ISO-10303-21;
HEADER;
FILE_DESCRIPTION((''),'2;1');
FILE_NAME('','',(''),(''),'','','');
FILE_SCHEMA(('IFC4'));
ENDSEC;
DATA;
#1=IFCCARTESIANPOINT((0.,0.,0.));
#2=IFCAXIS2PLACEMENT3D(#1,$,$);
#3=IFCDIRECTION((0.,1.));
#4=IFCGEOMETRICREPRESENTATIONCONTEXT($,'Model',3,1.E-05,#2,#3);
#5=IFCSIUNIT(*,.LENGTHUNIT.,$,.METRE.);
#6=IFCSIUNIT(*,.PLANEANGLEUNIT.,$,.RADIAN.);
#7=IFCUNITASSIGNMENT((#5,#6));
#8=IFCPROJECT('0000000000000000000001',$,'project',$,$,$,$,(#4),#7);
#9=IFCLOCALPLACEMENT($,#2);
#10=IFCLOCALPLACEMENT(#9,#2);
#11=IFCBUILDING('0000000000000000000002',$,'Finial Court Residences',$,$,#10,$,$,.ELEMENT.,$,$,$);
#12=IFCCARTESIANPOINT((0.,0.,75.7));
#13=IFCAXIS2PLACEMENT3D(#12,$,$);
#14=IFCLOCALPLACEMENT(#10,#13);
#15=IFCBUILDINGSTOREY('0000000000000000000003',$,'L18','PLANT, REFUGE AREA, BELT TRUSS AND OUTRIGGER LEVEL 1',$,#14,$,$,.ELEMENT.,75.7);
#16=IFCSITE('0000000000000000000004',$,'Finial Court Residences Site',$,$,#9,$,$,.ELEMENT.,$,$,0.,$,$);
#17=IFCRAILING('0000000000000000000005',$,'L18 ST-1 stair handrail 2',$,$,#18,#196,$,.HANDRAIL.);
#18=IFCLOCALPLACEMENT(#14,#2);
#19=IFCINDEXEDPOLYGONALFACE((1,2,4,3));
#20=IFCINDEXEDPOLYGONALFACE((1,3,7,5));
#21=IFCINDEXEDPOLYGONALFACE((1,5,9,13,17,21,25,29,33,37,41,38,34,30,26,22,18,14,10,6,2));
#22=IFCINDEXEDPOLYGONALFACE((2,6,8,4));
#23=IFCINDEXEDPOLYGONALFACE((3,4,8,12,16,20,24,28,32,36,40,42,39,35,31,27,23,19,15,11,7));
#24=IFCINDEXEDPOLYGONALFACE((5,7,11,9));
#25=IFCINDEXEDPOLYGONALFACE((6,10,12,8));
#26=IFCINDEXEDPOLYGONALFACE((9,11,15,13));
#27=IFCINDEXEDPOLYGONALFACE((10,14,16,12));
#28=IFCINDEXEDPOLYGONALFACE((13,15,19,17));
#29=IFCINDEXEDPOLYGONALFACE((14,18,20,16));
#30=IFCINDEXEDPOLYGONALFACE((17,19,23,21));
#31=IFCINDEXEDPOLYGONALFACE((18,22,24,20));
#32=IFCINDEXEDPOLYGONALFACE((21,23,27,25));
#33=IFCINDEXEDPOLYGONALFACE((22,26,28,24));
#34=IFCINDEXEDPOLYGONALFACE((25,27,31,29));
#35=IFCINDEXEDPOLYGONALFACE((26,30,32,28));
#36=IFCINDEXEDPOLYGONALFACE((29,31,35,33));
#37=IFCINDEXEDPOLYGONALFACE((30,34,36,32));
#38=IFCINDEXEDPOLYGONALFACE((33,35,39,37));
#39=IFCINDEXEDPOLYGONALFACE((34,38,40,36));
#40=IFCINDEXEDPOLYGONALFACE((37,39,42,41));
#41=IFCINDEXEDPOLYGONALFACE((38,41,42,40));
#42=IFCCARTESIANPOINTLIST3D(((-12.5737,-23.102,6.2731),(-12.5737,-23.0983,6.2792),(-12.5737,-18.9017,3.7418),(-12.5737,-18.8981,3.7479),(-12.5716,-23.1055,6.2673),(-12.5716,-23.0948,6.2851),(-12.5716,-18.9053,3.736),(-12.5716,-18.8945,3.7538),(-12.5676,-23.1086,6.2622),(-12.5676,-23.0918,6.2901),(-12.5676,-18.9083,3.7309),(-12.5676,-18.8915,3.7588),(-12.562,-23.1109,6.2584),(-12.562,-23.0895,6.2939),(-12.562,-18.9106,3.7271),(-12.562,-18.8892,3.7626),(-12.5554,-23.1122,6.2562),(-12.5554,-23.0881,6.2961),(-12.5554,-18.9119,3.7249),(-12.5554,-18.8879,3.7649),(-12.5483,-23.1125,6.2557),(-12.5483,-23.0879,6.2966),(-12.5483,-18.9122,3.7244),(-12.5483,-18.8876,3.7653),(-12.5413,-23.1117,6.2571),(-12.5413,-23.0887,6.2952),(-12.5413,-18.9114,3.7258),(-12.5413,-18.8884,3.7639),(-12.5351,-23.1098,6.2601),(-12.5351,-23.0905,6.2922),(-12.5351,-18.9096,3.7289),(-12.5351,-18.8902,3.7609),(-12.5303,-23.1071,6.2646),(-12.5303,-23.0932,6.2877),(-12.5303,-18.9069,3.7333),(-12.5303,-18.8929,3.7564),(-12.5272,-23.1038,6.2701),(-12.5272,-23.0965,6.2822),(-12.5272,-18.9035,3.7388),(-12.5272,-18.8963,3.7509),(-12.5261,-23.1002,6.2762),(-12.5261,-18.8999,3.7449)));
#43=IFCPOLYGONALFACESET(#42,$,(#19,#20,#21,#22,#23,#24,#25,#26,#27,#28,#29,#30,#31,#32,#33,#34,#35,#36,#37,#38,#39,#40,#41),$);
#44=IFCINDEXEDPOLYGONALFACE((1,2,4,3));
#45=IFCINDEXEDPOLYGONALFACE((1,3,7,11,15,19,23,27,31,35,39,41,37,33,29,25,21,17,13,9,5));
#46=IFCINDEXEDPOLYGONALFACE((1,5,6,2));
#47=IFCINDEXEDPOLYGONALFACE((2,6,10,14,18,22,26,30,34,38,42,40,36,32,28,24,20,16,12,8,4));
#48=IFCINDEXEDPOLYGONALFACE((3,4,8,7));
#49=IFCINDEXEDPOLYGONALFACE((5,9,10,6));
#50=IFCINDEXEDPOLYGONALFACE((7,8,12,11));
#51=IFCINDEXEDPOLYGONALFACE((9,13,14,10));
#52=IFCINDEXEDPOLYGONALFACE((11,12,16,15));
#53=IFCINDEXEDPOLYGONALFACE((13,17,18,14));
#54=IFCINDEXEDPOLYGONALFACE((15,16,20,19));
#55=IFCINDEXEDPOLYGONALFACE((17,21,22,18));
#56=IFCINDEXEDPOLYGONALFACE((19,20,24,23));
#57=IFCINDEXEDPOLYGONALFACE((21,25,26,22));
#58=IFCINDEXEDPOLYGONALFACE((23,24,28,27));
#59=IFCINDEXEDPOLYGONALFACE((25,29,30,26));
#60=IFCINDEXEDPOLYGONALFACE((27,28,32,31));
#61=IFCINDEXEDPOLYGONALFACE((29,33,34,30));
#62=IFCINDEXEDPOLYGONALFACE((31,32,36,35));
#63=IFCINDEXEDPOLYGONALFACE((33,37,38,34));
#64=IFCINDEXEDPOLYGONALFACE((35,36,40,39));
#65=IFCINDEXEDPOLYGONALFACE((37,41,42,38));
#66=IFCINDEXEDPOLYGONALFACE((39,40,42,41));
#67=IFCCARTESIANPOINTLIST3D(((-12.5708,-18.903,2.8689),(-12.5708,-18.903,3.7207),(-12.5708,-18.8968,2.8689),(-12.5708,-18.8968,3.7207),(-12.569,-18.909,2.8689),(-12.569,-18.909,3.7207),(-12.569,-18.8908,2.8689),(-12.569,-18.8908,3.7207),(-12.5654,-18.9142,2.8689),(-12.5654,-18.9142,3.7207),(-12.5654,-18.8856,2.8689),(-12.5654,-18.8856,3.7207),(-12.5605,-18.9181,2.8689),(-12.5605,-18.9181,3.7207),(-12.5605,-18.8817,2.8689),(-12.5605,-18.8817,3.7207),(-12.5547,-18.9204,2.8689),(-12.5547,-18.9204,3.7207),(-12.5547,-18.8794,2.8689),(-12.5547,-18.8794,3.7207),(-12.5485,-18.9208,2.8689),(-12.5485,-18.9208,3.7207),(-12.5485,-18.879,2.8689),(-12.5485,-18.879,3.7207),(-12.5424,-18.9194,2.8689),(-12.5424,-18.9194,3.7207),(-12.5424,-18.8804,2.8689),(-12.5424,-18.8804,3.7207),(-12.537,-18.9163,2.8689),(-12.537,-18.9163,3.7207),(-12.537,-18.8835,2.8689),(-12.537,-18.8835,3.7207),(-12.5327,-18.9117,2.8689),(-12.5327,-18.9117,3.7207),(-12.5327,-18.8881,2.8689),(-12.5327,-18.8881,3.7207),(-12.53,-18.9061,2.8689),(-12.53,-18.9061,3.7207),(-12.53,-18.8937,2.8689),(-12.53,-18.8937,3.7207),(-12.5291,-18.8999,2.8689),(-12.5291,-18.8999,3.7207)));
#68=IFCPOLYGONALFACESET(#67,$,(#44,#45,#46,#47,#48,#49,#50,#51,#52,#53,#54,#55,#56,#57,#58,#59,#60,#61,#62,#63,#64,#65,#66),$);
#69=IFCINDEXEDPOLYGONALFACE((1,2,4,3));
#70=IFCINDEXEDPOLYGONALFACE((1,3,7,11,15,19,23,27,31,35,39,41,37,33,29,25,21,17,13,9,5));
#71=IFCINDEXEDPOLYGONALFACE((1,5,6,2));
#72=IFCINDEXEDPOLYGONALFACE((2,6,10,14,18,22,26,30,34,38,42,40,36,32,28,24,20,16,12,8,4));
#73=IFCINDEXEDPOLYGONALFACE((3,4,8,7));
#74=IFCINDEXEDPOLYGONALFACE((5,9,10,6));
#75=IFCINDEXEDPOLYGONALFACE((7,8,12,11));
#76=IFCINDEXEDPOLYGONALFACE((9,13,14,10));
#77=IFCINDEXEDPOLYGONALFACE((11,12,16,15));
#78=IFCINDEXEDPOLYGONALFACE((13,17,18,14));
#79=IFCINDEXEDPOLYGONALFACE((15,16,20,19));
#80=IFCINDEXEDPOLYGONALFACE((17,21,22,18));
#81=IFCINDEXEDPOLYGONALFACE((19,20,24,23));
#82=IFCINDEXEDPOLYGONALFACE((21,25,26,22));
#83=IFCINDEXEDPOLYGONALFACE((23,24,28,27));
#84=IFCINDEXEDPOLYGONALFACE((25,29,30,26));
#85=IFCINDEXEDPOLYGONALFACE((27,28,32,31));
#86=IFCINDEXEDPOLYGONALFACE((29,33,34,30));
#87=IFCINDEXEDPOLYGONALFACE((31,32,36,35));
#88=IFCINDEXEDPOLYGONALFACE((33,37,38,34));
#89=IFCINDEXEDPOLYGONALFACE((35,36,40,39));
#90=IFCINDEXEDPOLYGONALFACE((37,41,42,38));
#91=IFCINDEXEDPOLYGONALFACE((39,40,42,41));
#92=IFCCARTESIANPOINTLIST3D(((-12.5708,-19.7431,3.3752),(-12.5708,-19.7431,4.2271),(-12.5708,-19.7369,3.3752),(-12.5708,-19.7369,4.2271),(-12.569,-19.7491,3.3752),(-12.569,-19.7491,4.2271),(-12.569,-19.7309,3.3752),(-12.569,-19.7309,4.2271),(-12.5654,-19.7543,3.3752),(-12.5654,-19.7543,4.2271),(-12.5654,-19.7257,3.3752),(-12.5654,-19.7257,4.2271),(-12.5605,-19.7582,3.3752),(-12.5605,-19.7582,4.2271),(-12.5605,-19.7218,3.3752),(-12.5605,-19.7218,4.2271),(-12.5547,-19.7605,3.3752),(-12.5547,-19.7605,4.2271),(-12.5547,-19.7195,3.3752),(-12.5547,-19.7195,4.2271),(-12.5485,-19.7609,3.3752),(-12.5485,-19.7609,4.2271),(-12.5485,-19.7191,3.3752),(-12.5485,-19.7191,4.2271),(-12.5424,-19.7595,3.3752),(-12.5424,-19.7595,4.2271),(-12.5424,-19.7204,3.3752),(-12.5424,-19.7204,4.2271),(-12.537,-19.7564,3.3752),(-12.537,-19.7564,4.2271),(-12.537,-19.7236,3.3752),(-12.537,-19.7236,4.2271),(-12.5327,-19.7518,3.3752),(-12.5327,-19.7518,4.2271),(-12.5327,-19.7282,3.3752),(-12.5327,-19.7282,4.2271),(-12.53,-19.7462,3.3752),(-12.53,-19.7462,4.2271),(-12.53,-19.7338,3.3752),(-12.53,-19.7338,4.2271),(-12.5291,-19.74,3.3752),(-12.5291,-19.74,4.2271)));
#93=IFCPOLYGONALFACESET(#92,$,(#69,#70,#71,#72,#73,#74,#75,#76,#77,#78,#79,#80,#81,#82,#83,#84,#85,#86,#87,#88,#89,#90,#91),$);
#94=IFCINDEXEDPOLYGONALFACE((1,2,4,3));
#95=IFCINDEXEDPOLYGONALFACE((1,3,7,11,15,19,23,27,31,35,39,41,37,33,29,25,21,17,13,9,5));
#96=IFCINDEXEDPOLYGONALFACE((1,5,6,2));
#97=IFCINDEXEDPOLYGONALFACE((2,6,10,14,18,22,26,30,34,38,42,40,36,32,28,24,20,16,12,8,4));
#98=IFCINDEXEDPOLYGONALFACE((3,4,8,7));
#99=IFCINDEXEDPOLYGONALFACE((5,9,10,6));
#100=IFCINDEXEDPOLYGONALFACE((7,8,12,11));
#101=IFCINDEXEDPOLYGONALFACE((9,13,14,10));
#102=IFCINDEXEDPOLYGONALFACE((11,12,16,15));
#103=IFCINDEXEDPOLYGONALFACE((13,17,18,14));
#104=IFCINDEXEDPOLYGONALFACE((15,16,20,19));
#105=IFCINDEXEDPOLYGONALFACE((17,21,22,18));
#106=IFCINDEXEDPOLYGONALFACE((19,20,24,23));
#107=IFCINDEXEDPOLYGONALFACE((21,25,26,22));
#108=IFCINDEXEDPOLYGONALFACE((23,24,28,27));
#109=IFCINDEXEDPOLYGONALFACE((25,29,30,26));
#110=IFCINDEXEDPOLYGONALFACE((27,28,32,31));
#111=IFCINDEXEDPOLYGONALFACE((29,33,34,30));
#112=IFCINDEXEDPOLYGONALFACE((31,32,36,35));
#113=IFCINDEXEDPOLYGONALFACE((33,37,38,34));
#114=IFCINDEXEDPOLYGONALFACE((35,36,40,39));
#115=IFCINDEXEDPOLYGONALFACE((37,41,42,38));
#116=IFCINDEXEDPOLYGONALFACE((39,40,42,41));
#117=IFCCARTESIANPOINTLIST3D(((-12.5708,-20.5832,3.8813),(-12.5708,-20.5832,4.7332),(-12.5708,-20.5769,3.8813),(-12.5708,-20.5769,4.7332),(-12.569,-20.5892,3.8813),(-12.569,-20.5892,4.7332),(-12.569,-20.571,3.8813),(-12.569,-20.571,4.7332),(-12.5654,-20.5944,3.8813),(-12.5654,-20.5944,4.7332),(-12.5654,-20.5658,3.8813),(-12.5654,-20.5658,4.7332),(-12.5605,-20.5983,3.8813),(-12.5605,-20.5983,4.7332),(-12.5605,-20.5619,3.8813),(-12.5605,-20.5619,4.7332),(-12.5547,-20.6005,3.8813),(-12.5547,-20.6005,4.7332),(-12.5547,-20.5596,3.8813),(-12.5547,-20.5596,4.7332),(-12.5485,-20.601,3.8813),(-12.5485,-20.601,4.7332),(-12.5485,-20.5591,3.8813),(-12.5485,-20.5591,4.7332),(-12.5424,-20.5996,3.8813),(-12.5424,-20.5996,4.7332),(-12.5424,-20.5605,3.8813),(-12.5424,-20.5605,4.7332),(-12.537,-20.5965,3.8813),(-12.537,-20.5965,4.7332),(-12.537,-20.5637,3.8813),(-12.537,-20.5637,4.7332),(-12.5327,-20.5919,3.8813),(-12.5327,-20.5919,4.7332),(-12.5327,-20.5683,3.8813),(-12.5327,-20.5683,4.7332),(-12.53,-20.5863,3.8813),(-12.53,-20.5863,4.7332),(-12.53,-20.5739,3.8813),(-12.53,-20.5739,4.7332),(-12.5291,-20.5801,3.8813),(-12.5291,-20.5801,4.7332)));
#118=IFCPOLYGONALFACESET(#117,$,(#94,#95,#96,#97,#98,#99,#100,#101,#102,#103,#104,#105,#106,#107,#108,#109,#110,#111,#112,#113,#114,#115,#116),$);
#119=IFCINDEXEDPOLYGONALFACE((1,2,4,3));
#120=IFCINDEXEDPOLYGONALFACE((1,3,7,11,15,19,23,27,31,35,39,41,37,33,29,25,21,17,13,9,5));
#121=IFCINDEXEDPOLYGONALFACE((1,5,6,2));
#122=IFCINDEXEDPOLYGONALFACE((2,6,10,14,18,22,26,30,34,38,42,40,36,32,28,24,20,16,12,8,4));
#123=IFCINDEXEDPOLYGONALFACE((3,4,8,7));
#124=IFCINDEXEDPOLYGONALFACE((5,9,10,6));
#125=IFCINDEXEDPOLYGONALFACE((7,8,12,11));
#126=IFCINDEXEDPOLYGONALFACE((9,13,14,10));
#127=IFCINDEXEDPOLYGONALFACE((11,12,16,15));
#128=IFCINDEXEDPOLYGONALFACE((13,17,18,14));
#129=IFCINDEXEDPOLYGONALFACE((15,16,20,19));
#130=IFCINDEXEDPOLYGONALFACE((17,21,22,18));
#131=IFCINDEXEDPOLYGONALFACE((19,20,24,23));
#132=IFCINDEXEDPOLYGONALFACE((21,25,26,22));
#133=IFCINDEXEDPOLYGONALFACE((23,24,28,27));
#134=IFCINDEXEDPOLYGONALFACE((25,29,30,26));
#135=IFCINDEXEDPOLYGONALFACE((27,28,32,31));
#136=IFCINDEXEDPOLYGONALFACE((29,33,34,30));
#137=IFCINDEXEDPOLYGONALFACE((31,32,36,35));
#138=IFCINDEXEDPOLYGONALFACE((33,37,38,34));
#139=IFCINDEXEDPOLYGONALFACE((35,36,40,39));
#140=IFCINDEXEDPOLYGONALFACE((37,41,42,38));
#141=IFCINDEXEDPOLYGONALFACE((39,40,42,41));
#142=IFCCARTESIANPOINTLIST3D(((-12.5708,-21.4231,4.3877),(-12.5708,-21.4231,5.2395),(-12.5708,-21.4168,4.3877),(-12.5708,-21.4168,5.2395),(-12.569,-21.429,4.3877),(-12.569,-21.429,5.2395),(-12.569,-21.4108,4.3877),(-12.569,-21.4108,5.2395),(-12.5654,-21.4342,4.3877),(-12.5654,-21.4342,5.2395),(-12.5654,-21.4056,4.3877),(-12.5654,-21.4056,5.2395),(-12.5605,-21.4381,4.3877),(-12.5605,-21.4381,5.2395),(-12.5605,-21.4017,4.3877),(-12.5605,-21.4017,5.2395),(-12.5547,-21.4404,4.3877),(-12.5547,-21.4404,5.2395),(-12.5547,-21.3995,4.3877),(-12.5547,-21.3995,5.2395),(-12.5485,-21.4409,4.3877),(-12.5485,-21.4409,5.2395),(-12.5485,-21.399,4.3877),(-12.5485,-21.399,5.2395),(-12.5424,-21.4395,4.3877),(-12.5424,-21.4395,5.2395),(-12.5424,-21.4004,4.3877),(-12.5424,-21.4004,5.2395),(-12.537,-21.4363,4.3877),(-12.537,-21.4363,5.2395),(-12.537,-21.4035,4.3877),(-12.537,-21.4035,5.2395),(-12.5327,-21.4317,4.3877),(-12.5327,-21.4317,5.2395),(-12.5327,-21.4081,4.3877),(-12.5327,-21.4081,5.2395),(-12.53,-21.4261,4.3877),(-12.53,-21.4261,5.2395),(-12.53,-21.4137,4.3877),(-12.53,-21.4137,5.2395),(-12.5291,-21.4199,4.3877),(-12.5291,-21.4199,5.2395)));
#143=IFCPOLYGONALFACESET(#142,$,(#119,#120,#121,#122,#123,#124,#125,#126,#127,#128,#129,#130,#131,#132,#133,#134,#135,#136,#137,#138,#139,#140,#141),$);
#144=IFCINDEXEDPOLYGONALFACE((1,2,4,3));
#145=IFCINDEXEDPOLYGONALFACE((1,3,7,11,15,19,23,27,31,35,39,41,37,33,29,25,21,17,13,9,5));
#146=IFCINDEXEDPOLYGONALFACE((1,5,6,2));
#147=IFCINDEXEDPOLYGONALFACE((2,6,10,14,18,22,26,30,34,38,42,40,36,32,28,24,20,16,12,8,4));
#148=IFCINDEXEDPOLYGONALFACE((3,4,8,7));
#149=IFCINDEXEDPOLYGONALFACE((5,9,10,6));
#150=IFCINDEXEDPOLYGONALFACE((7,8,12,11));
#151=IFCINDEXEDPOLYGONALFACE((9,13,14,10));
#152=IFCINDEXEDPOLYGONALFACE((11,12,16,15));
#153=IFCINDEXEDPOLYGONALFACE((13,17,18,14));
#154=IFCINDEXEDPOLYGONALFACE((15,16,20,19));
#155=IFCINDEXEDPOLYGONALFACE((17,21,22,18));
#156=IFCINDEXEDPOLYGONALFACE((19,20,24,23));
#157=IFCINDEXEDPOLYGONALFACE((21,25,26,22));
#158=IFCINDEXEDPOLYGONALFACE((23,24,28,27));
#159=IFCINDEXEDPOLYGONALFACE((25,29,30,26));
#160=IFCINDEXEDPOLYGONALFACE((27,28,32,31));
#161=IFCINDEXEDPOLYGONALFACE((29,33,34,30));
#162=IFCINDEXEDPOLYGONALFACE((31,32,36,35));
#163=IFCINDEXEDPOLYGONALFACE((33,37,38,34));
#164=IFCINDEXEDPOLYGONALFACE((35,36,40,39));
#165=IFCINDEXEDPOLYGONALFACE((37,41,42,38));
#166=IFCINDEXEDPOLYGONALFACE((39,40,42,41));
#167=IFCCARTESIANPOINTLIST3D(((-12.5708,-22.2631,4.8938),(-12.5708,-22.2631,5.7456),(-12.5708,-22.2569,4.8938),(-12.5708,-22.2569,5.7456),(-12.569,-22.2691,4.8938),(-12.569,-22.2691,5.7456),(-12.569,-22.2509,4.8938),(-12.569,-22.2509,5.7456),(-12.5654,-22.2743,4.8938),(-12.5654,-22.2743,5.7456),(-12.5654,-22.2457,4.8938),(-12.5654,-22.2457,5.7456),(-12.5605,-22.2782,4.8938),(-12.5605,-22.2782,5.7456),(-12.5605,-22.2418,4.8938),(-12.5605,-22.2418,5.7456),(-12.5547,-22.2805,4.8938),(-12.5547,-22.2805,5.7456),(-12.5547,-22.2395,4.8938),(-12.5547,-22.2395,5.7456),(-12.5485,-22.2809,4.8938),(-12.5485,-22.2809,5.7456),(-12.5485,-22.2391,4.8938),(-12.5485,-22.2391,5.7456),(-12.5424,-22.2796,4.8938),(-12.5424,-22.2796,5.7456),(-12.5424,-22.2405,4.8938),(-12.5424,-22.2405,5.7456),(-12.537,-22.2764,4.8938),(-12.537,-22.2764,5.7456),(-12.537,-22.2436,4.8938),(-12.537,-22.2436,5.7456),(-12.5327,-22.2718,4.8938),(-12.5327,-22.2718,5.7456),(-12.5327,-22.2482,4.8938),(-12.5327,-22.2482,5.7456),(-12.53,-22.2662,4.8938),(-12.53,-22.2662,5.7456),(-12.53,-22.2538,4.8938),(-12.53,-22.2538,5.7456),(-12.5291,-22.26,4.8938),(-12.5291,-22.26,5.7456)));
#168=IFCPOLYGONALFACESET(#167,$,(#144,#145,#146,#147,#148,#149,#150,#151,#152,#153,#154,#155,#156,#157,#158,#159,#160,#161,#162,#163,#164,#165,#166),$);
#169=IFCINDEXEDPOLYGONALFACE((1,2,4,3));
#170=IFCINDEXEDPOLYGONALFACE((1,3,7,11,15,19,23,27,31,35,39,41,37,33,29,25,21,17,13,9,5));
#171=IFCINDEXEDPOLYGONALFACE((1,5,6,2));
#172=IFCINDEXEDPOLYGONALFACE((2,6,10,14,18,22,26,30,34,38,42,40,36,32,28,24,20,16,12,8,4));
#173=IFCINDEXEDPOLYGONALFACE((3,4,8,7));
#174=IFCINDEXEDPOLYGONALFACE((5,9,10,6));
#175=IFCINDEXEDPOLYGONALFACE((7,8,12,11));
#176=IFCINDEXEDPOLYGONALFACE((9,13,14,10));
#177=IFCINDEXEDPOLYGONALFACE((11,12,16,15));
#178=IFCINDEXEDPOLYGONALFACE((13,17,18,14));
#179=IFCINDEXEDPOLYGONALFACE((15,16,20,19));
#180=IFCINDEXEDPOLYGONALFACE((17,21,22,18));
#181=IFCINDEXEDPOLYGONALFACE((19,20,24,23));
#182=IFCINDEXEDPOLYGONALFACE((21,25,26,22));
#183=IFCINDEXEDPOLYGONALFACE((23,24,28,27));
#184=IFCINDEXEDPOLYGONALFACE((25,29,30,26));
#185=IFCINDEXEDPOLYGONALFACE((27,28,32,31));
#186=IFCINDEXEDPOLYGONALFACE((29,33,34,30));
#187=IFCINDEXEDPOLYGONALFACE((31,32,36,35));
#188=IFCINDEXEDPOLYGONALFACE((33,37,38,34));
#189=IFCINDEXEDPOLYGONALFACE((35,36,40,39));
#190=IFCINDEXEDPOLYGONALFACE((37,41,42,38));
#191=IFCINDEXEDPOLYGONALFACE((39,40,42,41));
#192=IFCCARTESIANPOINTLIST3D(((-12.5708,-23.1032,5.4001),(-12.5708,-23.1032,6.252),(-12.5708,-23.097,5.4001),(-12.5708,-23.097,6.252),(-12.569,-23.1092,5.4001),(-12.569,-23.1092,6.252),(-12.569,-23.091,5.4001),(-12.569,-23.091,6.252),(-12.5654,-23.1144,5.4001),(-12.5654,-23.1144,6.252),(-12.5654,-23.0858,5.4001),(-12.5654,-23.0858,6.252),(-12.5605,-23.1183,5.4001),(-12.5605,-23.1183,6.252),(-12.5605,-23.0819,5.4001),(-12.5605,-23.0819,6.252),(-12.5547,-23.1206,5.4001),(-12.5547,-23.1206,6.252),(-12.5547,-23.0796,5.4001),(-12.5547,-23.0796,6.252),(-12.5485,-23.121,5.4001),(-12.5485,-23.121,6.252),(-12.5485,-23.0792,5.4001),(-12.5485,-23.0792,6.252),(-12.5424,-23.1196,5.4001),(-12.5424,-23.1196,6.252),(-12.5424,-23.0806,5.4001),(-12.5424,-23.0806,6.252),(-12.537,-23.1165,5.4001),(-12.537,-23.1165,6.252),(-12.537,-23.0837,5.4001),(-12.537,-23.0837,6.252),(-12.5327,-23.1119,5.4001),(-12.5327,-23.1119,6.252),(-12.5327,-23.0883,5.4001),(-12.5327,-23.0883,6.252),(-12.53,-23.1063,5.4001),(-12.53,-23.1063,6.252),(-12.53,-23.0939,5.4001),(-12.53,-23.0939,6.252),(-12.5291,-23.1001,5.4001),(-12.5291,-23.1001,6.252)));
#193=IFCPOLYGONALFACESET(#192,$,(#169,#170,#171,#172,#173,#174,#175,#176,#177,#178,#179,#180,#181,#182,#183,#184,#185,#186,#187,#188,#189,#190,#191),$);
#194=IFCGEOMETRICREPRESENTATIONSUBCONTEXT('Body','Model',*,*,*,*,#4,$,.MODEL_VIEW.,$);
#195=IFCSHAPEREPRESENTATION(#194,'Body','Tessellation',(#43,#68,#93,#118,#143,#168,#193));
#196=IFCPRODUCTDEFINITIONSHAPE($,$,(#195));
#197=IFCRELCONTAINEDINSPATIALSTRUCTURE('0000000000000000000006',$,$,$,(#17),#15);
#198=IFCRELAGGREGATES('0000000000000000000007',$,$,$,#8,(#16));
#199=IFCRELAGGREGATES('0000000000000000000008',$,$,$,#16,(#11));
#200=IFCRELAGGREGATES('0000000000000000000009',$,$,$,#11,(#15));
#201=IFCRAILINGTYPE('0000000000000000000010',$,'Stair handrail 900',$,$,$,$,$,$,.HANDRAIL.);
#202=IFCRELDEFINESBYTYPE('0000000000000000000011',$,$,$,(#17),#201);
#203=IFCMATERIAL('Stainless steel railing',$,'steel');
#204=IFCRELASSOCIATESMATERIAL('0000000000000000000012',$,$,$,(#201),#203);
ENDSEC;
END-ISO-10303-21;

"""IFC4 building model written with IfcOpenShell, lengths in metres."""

from ifc_helpers import new_model, si_unit, direction, frame, origin, origin_2d, place, context, subcontext, project, spatial, circle, extrude, material, type_object, element, save


model = new_model("IFC4")

# Units and contexts
model_context = context("Model", 3, precision=1e-05, world=origin(), true_north=direction((0.0, 1.0)))
body_context = subcontext(model_context, "Body", "Model", "MODEL_VIEW")
ifc_project = project(units=[si_unit("LENGTHUNIT", "METRE"), si_unit("PLANEANGLEUNIT", "RADIAN")], contexts=[model_context])

# Site, building, storey
site_placement = place(None, origin())
site = spatial("IfcSite", under=ifc_project, at=site_placement, Name="Finial Court Residences Site", CompositionType="ELEMENT", RefElevation=0.0)
building_placement = place(site_placement, origin())
building = spatial("IfcBuilding", under=site, at=building_placement, Name="Finial Court Residences", CompositionType="ELEMENT")
storey_placement = place(building_placement, frame((0.0, 0.0, 75.7)))
storey = spatial("IfcBuildingStorey", under=building, at=storey_placement, Name="L18", Description="PLANT, REFUGE AREA, BELT TRUSS AND OUTRIGGER LEVEL 1", CompositionType="ELEMENT", Elevation=75.7)

# Railing
ifc_material_1 = material(Name="Stainless steel railing", Category="steel")
railing_type = type_object("IfcRailingType", Name="Stair handrail 900", PredefinedType="HANDRAIL", material=ifc_material_1)
railing_placement = place(storey_placement, frame((-12.55, -18.8999, 2.8689)))
element("IfcRailing", 1, at=railing_placement, inside=storey, type_object=railing_type, Name="L18 ST-1 stair handrail 2", PredefinedType="HANDRAIL", context=body_context, shape_type="SweptSolid", body=[
    extrude(circle(Radius=0.0239, at=origin_2d()), frame((0.0, 0.0, 0.876), z_axis=(0.0, -0.85649, 0.516164), x_axis=(1.0, 0.0, 0.0)), (0.0, 0.0, 1.0), 4.9041),
    extrude(circle(Radius=0.021, at=origin_2d()), origin(), (0.0, 0.0, 1.0), 0.8518),
    extrude(circle(Radius=0.021, at=origin_2d()), frame((0.0, -0.8401, 0.5063)), (0.0, 0.0, 1.0), 0.8518),
    extrude(circle(Radius=0.021, at=origin_2d()), frame((0.0, -1.6802, 1.0125)), (0.0, 0.0, 1.0), 0.8518),
    extrude(circle(Radius=0.021, at=origin_2d()), frame((0.0, -2.52, 1.5188)), (0.0, 0.0, 1.0), 0.8518),
    extrude(circle(Radius=0.021, at=origin_2d()), frame((0.0, -3.3601, 2.0249)), (0.0, 0.0, 1.0), 0.8518),
    extrude(circle(Radius=0.021, at=origin_2d()), frame((0.0, -4.2002, 2.5312)), (0.0, 0.0, 1.0), 0.8518),
])

save(model, "model.ifc")
